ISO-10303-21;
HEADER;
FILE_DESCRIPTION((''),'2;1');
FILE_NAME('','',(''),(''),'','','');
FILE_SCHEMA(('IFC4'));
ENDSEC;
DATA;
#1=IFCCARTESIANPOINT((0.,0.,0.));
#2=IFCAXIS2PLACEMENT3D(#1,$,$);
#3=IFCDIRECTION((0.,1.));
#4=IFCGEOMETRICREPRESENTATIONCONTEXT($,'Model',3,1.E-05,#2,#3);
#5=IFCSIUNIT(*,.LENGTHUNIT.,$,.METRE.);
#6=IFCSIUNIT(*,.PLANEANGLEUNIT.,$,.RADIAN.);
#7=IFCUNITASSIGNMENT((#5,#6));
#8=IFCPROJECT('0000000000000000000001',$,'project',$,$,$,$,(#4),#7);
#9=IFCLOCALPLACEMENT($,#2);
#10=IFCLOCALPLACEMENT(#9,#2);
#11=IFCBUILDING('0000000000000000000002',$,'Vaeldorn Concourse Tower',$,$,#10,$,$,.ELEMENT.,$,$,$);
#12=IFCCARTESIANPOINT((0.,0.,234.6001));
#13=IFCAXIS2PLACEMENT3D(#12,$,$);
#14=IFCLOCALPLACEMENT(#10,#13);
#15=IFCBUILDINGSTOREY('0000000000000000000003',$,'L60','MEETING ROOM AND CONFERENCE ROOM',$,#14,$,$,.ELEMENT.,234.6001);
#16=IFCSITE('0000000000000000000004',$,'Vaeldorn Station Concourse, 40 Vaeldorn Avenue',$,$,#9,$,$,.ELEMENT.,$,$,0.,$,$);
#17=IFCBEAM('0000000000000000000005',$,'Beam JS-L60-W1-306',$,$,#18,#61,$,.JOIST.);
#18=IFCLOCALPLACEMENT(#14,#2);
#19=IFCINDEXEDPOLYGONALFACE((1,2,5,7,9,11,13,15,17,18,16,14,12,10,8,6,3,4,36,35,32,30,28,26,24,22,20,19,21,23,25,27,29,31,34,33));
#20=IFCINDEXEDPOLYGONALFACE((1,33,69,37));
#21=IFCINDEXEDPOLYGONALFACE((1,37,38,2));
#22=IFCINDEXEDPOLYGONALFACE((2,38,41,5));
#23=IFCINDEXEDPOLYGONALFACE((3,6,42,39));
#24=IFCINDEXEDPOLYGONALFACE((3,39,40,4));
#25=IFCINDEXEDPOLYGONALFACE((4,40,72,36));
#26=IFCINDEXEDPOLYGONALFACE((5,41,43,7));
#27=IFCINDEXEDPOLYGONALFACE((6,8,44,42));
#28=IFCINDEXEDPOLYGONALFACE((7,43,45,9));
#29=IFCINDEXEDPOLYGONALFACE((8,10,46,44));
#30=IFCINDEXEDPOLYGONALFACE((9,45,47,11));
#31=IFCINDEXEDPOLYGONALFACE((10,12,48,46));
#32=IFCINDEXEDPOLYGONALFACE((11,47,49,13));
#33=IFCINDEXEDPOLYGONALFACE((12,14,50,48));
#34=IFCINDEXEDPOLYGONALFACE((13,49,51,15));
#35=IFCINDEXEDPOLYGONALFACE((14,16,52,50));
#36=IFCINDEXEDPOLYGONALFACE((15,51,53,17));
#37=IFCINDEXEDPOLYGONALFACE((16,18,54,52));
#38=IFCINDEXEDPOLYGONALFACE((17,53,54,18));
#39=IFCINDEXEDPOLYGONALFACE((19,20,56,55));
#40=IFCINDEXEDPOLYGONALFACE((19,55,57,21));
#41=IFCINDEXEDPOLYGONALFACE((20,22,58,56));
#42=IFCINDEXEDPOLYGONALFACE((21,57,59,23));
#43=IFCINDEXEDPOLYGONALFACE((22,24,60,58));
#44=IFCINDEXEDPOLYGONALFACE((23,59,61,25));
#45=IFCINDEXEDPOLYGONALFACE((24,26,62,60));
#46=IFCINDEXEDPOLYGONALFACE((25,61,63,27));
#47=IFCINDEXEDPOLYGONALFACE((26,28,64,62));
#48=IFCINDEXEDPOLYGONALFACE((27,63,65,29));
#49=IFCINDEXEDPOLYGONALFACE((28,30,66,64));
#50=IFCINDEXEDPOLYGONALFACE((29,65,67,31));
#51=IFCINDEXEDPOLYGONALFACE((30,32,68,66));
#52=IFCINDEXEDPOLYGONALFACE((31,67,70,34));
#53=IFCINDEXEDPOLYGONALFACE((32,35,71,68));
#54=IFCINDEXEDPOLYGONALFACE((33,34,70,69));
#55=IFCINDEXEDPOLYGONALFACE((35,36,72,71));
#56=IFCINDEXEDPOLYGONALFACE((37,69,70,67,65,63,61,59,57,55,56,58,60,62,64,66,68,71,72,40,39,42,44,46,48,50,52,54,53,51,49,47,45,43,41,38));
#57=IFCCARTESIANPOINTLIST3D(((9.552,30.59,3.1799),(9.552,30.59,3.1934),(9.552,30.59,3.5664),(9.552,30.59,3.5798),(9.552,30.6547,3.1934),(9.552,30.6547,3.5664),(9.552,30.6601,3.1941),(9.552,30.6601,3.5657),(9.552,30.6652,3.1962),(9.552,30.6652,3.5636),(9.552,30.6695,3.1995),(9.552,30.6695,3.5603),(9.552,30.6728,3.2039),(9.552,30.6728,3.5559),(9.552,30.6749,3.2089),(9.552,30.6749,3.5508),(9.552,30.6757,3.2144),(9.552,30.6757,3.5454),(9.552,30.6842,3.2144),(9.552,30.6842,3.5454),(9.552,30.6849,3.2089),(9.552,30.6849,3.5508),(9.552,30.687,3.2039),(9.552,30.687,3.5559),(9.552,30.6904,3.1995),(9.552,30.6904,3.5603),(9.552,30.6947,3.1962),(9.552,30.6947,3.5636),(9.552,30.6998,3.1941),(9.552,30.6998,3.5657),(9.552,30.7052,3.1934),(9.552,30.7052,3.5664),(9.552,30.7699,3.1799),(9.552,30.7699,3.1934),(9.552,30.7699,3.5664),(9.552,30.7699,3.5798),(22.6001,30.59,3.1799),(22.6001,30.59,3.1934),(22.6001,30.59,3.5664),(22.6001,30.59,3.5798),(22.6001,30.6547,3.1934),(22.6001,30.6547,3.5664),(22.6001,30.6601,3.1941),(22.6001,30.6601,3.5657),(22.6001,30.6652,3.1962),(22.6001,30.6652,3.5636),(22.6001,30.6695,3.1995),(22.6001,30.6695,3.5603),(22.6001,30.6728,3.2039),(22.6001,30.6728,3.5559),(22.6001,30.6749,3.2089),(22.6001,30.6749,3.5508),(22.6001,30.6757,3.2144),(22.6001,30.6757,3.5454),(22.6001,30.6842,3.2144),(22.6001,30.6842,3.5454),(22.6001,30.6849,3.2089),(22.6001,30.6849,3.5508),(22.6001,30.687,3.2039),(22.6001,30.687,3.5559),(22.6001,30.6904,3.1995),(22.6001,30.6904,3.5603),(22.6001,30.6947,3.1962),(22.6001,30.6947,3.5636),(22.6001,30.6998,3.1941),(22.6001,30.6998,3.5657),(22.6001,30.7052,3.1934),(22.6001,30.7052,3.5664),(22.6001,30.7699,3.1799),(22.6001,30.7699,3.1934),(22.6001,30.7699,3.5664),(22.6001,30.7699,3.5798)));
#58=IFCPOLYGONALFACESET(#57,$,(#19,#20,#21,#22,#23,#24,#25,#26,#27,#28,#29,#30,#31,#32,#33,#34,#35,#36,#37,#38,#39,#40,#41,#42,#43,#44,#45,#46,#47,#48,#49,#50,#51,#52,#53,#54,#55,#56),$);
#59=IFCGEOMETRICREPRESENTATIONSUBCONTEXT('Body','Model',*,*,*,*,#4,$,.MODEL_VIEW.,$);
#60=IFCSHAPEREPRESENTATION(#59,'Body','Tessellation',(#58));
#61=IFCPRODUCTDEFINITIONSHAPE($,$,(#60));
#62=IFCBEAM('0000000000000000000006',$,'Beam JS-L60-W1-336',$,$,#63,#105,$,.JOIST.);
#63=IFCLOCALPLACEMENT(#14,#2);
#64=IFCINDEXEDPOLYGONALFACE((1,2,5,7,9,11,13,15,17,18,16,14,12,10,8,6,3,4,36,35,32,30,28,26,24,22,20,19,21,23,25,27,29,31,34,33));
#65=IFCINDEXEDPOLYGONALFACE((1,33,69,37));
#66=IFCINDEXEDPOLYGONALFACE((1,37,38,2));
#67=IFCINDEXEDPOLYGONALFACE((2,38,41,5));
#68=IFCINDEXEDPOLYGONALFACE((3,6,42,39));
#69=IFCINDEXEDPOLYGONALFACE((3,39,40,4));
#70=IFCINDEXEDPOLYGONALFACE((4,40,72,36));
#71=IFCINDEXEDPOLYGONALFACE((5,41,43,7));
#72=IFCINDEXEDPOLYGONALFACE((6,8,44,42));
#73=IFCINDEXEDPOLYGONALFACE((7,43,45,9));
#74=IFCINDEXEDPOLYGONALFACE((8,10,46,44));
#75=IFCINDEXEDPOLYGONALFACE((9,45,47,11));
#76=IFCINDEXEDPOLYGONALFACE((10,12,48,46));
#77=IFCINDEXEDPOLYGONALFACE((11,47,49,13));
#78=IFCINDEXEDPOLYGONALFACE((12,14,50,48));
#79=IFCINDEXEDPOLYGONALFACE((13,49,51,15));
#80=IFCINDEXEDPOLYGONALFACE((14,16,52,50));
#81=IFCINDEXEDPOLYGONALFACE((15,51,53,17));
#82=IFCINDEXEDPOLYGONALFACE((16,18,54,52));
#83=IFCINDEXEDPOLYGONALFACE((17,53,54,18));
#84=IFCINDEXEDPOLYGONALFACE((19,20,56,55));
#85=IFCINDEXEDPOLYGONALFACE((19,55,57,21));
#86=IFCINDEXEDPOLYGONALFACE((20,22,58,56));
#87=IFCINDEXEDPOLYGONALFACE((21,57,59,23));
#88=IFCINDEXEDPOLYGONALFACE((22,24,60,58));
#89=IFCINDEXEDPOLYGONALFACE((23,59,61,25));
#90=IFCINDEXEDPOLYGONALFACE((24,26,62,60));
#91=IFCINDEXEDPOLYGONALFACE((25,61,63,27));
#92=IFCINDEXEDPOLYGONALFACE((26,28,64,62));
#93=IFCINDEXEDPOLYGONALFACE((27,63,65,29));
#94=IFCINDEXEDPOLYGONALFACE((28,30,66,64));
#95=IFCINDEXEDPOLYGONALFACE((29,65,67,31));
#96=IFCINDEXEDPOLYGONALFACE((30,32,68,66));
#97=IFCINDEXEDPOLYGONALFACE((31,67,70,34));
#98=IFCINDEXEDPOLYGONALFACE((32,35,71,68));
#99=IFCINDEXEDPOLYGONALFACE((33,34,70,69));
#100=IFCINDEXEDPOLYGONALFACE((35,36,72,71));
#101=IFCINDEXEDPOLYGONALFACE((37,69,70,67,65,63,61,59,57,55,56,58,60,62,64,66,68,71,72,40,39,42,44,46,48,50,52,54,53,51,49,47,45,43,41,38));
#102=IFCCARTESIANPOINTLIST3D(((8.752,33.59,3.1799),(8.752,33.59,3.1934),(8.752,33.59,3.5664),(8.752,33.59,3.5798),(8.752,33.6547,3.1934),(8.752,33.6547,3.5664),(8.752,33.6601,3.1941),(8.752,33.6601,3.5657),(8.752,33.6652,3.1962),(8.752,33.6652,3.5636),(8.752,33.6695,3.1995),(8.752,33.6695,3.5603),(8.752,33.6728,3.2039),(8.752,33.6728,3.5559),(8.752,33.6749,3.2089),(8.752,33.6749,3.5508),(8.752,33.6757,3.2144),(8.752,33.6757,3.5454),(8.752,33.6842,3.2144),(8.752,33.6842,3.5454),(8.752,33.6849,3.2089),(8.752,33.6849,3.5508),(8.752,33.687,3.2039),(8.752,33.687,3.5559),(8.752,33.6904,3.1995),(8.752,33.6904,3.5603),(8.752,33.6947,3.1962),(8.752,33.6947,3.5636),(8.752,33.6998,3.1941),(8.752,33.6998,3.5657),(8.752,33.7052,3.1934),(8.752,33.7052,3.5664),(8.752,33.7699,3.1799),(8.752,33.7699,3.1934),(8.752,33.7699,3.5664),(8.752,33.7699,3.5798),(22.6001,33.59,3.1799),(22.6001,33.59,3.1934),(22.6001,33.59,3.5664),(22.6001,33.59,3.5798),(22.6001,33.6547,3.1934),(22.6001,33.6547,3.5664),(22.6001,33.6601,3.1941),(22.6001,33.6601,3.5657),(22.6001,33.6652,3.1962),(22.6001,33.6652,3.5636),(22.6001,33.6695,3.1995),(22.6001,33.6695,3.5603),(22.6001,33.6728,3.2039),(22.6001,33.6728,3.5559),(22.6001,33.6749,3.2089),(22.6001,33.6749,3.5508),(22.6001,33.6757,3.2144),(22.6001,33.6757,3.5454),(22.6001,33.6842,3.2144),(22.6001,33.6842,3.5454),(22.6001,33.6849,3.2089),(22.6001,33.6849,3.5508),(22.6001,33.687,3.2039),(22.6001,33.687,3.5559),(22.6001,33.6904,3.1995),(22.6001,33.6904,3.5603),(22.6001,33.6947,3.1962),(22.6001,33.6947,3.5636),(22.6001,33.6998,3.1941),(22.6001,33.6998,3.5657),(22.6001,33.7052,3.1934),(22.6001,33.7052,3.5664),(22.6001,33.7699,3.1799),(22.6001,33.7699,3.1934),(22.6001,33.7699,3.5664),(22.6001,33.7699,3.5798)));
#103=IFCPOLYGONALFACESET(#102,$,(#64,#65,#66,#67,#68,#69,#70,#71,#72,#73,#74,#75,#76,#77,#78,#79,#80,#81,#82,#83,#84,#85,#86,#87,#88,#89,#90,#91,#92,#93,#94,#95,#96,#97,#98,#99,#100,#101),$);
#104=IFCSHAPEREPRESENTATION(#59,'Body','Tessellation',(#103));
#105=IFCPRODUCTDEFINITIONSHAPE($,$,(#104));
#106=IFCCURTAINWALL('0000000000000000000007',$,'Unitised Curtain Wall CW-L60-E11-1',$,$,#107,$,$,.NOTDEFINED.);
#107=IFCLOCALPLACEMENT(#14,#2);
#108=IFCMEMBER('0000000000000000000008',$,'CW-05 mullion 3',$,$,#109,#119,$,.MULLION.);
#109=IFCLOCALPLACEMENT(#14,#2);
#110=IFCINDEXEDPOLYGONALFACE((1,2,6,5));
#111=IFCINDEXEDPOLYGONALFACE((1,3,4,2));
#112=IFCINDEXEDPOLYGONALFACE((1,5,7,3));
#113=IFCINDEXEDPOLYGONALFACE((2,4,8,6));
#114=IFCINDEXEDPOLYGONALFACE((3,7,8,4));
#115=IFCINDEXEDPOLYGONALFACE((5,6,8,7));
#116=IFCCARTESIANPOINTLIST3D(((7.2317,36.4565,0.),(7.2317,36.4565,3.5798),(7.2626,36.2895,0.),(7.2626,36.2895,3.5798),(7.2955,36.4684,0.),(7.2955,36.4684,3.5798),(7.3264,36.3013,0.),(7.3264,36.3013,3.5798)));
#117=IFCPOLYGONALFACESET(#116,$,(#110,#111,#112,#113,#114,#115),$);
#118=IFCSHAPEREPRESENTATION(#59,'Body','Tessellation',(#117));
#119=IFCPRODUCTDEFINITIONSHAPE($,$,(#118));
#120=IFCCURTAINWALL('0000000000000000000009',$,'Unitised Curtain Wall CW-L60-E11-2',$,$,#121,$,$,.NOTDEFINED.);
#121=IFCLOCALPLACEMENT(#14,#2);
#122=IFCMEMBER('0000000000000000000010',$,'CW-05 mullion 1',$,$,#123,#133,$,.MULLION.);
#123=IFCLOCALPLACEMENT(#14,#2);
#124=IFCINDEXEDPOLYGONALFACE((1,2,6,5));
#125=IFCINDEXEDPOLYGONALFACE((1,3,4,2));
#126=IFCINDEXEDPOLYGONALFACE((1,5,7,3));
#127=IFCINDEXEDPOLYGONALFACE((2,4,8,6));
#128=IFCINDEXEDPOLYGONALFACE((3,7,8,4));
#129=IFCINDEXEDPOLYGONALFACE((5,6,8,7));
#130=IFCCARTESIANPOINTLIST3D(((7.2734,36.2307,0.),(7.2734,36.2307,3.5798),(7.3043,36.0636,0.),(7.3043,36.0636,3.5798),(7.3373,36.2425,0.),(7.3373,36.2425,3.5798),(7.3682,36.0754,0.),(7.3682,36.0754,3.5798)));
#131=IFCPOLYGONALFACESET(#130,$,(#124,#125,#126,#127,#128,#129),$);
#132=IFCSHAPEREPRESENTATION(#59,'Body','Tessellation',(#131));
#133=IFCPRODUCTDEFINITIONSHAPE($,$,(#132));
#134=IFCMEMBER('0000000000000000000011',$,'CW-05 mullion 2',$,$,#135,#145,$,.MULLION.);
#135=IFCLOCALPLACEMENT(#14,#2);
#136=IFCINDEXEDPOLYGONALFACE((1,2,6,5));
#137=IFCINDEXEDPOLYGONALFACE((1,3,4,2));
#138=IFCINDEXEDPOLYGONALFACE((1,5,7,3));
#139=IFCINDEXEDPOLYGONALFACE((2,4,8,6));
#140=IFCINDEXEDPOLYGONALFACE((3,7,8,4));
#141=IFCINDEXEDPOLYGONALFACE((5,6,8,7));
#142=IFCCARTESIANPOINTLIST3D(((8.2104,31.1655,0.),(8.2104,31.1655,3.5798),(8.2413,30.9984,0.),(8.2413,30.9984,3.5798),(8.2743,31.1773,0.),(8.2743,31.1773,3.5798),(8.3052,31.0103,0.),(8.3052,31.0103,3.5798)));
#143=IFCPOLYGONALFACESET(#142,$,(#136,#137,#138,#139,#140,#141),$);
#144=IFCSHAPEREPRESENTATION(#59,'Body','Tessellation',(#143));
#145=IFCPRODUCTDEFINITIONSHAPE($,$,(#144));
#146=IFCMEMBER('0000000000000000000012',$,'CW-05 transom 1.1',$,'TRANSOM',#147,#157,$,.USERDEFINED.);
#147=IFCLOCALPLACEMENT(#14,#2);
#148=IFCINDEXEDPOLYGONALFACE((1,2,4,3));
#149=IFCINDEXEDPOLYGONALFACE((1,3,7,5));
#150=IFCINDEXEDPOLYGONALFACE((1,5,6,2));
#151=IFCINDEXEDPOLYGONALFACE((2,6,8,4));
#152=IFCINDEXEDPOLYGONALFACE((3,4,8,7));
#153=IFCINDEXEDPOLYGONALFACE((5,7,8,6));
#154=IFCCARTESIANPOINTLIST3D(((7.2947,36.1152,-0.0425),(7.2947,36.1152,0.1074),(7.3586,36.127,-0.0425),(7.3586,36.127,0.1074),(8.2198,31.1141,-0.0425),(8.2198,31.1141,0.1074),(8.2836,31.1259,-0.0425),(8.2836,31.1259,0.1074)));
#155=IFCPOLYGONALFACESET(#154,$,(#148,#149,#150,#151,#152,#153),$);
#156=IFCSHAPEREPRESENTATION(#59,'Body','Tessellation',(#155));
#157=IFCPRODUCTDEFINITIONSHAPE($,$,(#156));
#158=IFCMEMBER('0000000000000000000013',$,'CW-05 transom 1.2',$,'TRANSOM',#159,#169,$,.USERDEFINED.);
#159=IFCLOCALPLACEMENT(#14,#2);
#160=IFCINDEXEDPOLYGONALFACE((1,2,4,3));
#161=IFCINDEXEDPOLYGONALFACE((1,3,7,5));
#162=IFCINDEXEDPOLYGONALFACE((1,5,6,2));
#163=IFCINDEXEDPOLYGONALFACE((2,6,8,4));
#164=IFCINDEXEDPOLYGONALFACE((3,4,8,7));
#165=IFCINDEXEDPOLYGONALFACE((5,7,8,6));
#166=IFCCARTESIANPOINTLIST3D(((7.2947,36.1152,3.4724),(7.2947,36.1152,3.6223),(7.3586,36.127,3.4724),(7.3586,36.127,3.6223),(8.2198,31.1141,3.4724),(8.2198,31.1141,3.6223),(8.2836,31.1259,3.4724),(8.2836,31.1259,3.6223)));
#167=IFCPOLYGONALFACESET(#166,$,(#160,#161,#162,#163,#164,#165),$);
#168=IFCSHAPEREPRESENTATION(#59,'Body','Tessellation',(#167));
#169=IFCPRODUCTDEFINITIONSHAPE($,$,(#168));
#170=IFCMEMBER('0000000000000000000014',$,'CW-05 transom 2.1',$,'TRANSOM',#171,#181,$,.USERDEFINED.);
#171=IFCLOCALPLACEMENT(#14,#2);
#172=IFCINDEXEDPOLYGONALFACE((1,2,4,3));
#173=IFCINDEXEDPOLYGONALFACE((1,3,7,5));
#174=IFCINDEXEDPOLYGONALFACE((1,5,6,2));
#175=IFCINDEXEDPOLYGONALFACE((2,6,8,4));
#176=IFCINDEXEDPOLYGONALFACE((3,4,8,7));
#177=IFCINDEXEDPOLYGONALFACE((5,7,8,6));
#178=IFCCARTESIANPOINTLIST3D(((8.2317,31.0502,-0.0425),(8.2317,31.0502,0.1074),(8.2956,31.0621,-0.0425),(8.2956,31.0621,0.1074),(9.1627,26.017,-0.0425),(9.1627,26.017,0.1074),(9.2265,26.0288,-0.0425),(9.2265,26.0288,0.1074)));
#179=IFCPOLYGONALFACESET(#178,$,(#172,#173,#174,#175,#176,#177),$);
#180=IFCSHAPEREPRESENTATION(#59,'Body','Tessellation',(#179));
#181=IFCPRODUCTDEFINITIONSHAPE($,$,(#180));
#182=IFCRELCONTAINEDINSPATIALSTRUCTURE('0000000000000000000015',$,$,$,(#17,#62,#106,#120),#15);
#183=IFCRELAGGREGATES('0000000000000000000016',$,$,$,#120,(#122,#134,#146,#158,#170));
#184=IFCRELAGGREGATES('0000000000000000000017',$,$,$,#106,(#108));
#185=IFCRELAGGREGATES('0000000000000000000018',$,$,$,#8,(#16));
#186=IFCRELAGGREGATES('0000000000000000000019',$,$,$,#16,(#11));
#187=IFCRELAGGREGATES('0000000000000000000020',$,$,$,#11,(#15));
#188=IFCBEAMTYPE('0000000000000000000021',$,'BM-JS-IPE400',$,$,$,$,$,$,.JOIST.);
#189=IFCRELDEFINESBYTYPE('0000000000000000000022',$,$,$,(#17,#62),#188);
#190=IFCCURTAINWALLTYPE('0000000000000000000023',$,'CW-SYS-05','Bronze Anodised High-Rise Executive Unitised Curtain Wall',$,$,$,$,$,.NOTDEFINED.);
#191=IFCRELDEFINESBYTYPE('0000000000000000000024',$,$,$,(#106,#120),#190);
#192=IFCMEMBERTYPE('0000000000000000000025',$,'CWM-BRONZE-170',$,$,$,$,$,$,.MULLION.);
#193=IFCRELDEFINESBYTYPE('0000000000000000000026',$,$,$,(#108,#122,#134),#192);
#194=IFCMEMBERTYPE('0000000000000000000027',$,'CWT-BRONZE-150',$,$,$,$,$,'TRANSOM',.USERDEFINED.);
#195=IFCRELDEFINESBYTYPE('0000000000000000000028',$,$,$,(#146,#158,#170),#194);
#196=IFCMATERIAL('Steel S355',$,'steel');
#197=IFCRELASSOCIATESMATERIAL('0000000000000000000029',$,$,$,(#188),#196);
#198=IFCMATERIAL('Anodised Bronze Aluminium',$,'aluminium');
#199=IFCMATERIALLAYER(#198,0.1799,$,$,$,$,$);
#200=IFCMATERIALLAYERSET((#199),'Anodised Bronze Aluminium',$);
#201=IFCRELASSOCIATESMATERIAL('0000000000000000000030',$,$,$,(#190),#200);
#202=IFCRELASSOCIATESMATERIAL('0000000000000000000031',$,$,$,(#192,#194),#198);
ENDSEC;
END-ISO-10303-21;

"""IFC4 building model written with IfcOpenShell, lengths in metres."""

from ifc_helpers import new_model, si_unit, direction, frame, origin, origin_2d, place, context, subcontext, project, spatial, rectangle, i_section, extrude, source, transform, mapped, material, layer, layer_set, material_profile, profile_set, type_object, element, aggregate, save


model = new_model("IFC4")

# Units and contexts
model_context = context("Model", 3, precision=1e-05, world=origin(), true_north=direction((0.0, 1.0)))
body_context = subcontext(model_context, "Body", "Model", "MODEL_VIEW")
ifc_project = project(units=[si_unit("LENGTHUNIT", "METRE"), si_unit("PLANEANGLEUNIT", "RADIAN")], contexts=[model_context])

# Site, building, storey
site_placement = place(None, origin())
site = spatial("IfcSite", under=ifc_project, at=site_placement, Name="Vaeldorn Station Concourse, 40 Vaeldorn Avenue", CompositionType="ELEMENT", RefElevation=0.0)
building_placement = place(site_placement, origin())
building = spatial("IfcBuilding", under=site, at=building_placement, Name="Vaeldorn Concourse Tower", CompositionType="ELEMENT")
storey_placement = place(building_placement, frame((0.0, 0.0, 234.6001)))
storey = spatial("IfcBuildingStorey", under=building, at=storey_placement, Name="L60", Description="MEETING ROOM AND CONFERENCE ROOM", CompositionType="ELEMENT", Elevation=234.6001)

# Shared definitions
ifc_material_1 = material(Name="Steel S355", Category="steel")

# Beams
ifc_material_profile_1 = material_profile(ifc_material_1, i_section(OverallWidth=0.1799, OverallDepth=0.3999, WebThickness=0.0085, FlangeThickness=0.0134, FilletRadius=0.021, at=origin_2d()), Name="IPE 400")
ifc_profile_set_1 = profile_set([ifc_material_profile_1], Name="Steel S355")
beam_type_1 = type_object("IfcBeamType", Name="BM-JS-IPE400", PredefinedType="JOIST", material=ifc_profile_set_1)
shared_shape_1 = source(origin(), body_context, "Body", "SweptSolid", [
    extrude(i_section(OverallWidth=0.1799, OverallDepth=0.3999, WebThickness=0.0085, FlangeThickness=0.0134, FilletRadius=0.021, at=origin_2d()), origin(), (0.0, 0.0, 1.0), 13.0481),
])
beam_1_placement = place(storey_placement, frame((9.552, 30.6799, 3.3799), z_axis=(1.0, 0.0, 0.0), x_axis=(0.0, 1.0, 0.0)))
element("IfcBeam", 1, at=beam_1_placement, inside=storey, type_object=beam_type_1, Name="Beam JS-L60-W1-306", PredefinedType="JOIST", context=body_context, shape_type="MappedRepresentation", body=[
    mapped(shared_shape_1, transform((0.0, 0.0, 0.0), scale=1.0)),
])
shared_shape_2 = source(origin(), body_context, "Body", "SweptSolid", [
    extrude(i_section(OverallWidth=0.1799, OverallDepth=0.3999, WebThickness=0.0085, FlangeThickness=0.0134, FilletRadius=0.021, at=origin_2d()), origin(), (0.0, 0.0, 1.0), 13.8481),
])
beam_2_placement = place(storey_placement, frame((8.752, 33.6799, 3.3799), z_axis=(1.0, 0.0, 0.0), x_axis=(0.0, 1.0, 0.0)))
element("IfcBeam", 2, at=beam_2_placement, inside=storey, type_object=beam_type_1, Name="Beam JS-L60-W1-336", PredefinedType="JOIST", context=body_context, shape_type="MappedRepresentation", body=[
    mapped(shared_shape_2, transform((0.0, 0.0, 0.0), scale=1.0)),
])

# Curtain wall, member
ifc_material_2 = material(Name="Anodised Bronze Aluminium", Category="aluminium")
ifc_layer_1 = layer(ifc_material_2, 0.1799)
ifc_layer_set_1 = layer_set([ifc_layer_1], Name="Anodised Bronze Aluminium")
curtain_wall_type = type_object("IfcCurtainWallType", Name="CW-SYS-05", Description="Bronze Anodised High-Rise Executive Unitised Curtain Wall", PredefinedType="NOTDEFINED", material=ifc_layer_set_1)
curtain_wall_1_placement = place(storey_placement, origin())
curtain_wall_1 = element("IfcCurtainWall", 3, at=curtain_wall_1_placement, inside=storey, type_object=curtain_wall_type, Name="Unitised Curtain Wall CW-L60-E11-1", PredefinedType="NOTDEFINED")
ifc_material_profile_2 = material_profile(ifc_material_2, rectangle(XDim=0.0649, YDim=0.1699, at=origin_2d()), Name="CWM 65x170")
ifc_profile_set_2 = profile_set([ifc_material_profile_2], Name="Anodised Bronze Aluminium")
member_type_1 = type_object("IfcMemberType", Name="CWM-BRONZE-170", PredefinedType="MULLION", material=ifc_profile_set_2)
shared_shape_3 = source(origin(), body_context, "Body", "SweptSolid", [
    extrude(rectangle(XDim=0.0649, YDim=0.1699, at=origin_2d()), origin(), (0.0, 0.0, 1.0), 3.5798),
])
member_1_placement = place(storey_placement, frame((7.2791, 36.3789, 0.0), z_axis=(0.0, 0.0, 1.0), x_axis=(0.983319, 0.181888, 0.0)))
member_1 = element("IfcMember", 4, at=member_1_placement, type_object=member_type_1, Name="CW-05 mullion 3", PredefinedType="MULLION", context=body_context, shape_type="MappedRepresentation", body=[
    mapped(shared_shape_3, transform((0.0, 0.0, 0.0), scale=1.0)),
])

# Curtain wall, members
curtain_wall_2_placement = place(storey_placement, origin())
curtain_wall_2 = element("IfcCurtainWall", 5, at=curtain_wall_2_placement, inside=storey, type_object=curtain_wall_type, Name="Unitised Curtain Wall CW-L60-E11-2", PredefinedType="NOTDEFINED")
member_2_placement = place(storey_placement, frame((7.3208, 36.1531, 0.0), z_axis=(0.0, 0.0, 1.0), x_axis=(0.983319, 0.18189, 0.0)))
member_2 = element("IfcMember", 6, at=member_2_placement, type_object=member_type_1, Name="CW-05 mullion 1", PredefinedType="MULLION", context=body_context, shape_type="MappedRepresentation", body=[
    mapped(shared_shape_3, transform((0.0, 0.0, 0.0), scale=1.0)),
])
member_3_placement = place(storey_placement, frame((8.2578, 31.0879, 0.0), z_axis=(0.0, 0.0, 1.0), x_axis=(0.983319, 0.18189, 0.0)))
member_3 = element("IfcMember", 7, at=member_3_placement, type_object=member_type_1, Name="CW-05 mullion 2", PredefinedType="MULLION", context=body_context, shape_type="MappedRepresentation", body=[
    mapped(shared_shape_3, transform((0.0, 0.0, 0.0), scale=1.0)),
])
ifc_material_profile_3 = material_profile(ifc_material_2, rectangle(XDim=0.0649, YDim=0.1499, at=origin_2d()), Name="CWT 65x150")
ifc_profile_set_3 = profile_set([ifc_material_profile_3], Name="Anodised Bronze Aluminium")
member_type_2 = type_object("IfcMemberType", Name="CWT-BRONZE-150", ElementType="TRANSOM", PredefinedType="USERDEFINED", material=ifc_profile_set_3)
shared_shape_4 = source(origin(), body_context, "Body", "SweptSolid", [
    extrude(rectangle(XDim=0.0649, YDim=0.1499, at=origin_2d()), origin(), (0.0, 0.0, 1.0), 5.0859),
])
member_4_placement = place(storey_placement, frame((7.3267, 36.1211, 0.0325), z_axis=(0.18188, -0.983321, 0.0), x_axis=(0.983321, 0.18188, 0.0)))
member_4 = element("IfcMember", 8, at=member_4_placement, type_object=member_type_2, Name="CW-05 transom 1.1", ObjectType="TRANSOM", PredefinedType="USERDEFINED", context=body_context, shape_type="MappedRepresentation", body=[
    mapped(shared_shape_4, transform((0.0, 0.0, 0.0), scale=1.0)),
])
member_5_placement = place(storey_placement, frame((7.3267, 36.1211, 3.5474), z_axis=(0.18188, -0.983321, 0.0), x_axis=(0.983321, 0.18188, 0.0)))
member_5 = element("IfcMember", 9, at=member_5_placement, type_object=member_type_2, Name="CW-05 transom 1.2", ObjectType="TRANSOM", PredefinedType="USERDEFINED", context=body_context, shape_type="MappedRepresentation", body=[
    mapped(shared_shape_4, transform((0.0, 0.0, 0.0), scale=1.0)),
])
shared_shape_5 = source(origin(), body_context, "Body", "SweptSolid", [
    extrude(rectangle(XDim=0.0649, YDim=0.1499, at=origin_2d()), origin(), (0.0, 0.0, 1.0), 5.1187),
])
member_6_placement = place(storey_placement, frame((8.2637, 31.0562, 0.0325), z_axis=(0.181869, -0.983323, 0.0), x_axis=(0.983323, 0.181869, 0.0)))
member_6 = element("IfcMember", 10, at=member_6_placement, type_object=member_type_2, Name="CW-05 transom 2.1", ObjectType="TRANSOM", PredefinedType="USERDEFINED", context=body_context, shape_type="MappedRepresentation", body=[
    mapped(shared_shape_5, transform((0.0, 0.0, 0.0), scale=1.0)),
])
aggregate(curtain_wall_2, [member_2, member_3, member_4, member_5, member_6])

aggregate(curtain_wall_1, [member_1])

save(model, "model.ifc")
